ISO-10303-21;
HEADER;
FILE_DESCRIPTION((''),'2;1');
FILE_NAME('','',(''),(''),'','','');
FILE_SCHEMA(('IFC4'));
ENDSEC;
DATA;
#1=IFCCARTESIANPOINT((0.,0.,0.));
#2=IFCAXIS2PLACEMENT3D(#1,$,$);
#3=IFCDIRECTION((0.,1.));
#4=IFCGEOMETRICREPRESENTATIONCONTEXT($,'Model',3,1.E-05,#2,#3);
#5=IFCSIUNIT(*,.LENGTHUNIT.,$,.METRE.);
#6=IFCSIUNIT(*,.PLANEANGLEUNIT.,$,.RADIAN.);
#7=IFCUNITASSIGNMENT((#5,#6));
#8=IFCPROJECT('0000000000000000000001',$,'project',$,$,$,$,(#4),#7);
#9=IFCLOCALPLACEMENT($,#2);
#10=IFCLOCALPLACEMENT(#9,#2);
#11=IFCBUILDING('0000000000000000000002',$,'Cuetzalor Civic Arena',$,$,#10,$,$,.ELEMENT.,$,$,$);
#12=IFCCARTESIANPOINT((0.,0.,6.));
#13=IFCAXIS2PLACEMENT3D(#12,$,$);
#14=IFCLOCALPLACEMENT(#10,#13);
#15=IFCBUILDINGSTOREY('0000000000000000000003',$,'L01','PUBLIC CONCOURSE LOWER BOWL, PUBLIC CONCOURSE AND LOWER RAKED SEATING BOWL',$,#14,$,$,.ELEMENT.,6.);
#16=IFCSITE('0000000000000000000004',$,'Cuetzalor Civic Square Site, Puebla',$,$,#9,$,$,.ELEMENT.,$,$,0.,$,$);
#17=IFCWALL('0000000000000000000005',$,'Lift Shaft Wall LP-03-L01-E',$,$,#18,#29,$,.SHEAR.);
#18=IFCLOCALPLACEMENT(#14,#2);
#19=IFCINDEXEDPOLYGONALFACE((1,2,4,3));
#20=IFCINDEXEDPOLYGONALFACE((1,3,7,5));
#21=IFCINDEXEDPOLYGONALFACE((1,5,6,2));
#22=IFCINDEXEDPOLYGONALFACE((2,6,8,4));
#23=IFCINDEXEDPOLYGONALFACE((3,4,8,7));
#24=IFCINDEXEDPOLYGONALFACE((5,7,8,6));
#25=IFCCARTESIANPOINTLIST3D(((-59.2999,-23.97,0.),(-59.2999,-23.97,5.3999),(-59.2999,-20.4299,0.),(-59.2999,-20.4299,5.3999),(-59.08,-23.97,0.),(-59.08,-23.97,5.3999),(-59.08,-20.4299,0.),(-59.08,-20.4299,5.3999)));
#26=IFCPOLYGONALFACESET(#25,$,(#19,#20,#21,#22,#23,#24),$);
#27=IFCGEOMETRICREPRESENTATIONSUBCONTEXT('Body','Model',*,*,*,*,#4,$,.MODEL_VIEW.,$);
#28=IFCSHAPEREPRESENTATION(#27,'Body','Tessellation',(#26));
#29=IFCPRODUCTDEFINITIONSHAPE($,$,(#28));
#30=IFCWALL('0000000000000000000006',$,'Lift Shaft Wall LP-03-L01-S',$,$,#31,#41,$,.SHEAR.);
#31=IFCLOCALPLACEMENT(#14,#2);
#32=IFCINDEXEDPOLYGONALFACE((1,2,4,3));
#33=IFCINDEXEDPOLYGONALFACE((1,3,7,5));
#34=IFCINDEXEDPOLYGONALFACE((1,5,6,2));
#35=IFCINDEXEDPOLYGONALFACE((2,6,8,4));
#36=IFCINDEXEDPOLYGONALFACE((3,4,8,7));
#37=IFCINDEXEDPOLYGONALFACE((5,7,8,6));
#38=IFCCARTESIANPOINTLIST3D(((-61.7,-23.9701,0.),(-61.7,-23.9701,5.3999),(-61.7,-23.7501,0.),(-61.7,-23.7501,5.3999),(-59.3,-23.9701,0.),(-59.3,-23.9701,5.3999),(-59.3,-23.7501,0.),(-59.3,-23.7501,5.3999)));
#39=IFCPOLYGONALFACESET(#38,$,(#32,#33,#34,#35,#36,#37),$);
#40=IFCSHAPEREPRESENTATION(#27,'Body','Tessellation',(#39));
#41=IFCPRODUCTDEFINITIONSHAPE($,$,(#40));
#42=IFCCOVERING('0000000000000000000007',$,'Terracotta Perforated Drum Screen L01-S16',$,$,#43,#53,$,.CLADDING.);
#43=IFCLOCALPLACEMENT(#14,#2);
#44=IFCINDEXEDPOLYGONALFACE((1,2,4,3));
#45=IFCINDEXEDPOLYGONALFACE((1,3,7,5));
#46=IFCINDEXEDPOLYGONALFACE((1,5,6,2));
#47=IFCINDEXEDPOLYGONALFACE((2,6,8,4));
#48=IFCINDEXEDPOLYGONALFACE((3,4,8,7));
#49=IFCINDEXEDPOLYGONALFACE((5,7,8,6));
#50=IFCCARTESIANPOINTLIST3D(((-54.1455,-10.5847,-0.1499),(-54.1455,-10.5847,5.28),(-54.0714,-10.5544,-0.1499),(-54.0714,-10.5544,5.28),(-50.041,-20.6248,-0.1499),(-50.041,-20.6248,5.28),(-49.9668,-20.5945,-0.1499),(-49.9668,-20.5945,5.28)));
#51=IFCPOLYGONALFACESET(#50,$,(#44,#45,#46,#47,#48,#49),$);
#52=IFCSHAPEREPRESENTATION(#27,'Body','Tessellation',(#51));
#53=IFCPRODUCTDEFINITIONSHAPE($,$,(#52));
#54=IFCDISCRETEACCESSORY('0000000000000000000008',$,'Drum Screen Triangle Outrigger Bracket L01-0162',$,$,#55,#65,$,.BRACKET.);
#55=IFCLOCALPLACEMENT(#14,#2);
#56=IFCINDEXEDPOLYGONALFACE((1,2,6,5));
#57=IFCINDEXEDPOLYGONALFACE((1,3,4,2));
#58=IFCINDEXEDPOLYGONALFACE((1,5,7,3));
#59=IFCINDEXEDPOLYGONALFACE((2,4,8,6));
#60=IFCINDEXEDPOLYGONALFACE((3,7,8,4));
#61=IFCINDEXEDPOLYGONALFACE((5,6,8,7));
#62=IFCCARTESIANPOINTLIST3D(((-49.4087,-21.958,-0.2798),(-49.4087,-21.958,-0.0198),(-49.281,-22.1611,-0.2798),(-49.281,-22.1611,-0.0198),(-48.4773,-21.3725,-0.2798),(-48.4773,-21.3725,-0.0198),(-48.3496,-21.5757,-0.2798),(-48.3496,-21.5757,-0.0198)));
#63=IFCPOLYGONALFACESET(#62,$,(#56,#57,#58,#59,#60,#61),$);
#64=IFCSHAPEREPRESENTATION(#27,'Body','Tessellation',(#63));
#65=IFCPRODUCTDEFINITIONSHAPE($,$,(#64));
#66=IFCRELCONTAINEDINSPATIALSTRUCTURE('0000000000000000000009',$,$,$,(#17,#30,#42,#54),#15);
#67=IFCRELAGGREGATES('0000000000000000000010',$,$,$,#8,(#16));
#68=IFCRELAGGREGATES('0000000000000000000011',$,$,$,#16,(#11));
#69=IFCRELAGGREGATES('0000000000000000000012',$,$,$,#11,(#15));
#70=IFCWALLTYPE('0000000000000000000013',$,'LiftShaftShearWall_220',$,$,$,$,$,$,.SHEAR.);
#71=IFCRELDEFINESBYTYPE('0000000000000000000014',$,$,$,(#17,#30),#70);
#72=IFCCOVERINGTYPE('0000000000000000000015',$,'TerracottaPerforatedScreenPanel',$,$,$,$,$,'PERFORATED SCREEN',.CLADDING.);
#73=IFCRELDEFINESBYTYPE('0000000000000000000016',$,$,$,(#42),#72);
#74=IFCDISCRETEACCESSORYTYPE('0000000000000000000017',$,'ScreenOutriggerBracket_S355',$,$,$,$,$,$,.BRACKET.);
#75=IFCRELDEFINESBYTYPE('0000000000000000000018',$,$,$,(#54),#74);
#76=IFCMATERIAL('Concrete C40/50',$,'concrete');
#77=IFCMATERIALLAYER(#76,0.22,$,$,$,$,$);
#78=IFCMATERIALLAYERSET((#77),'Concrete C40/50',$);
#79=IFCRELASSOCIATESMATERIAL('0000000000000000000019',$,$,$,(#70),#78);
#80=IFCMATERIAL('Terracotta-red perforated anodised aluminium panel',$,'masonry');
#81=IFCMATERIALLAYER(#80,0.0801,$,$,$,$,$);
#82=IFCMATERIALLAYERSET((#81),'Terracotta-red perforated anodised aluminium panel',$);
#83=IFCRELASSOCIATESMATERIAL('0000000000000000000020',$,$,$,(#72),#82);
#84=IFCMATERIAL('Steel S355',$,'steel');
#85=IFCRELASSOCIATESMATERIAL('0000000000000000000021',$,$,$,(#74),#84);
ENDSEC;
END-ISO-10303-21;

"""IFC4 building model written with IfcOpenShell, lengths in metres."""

from ifc_helpers import new_model, si_unit, direction, frame, frame_2d, origin, origin_2d, place, context, subcontext, project, spatial, rectangle, extrude, material, layer, layer_set, type_object, element, save


model = new_model("IFC4")

# Units and contexts
model_context = context("Model", 3, precision=1e-05, world=origin(), true_north=direction((0.0, 1.0)))
body_context = subcontext(model_context, "Body", "Model", "MODEL_VIEW")
ifc_project = project(units=[si_unit("LENGTHUNIT", "METRE"), si_unit("PLANEANGLEUNIT", "RADIAN")], contexts=[model_context])

# Site, building, storey
site_placement = place(None, origin())
site = spatial("IfcSite", under=ifc_project, at=site_placement, Name="Cuetzalor Civic Square Site, Puebla", CompositionType="ELEMENT", RefElevation=0.0)
building_placement = place(site_placement, origin())
building = spatial("IfcBuilding", under=site, at=building_placement, Name="Cuetzalor Civic Arena", CompositionType="ELEMENT")
storey_placement = place(building_placement, frame((0.0, 0.0, 6.0)))
storey = spatial("IfcBuildingStorey", under=building, at=storey_placement, Name="L01", Description="PUBLIC CONCOURSE LOWER BOWL, PUBLIC CONCOURSE AND LOWER RAKED SEATING BOWL", CompositionType="ELEMENT", Elevation=6.0)

# Shared definitions
ifc_material_1 = material(Name="Concrete C40/50", Category="concrete")
ifc_layer_1 = layer(ifc_material_1, 0.22)
ifc_layer_set_1 = layer_set([ifc_layer_1], Name="Concrete C40/50")
wall_type_1 = type_object("IfcWallType", Name="LiftShaftShearWall_220", PredefinedType="SHEAR", material=ifc_layer_set_1)

# Walls
wall_1_placement = place(storey_placement, frame((-59.1899, -20.4299, 0.0), z_axis=(0.0, 0.0, 1.0), x_axis=(0.0, -1.0, 0.0)))
element("IfcWall", 1, at=wall_1_placement, inside=storey, type_object=wall_type_1, Name="Lift Shaft Wall LP-03-L01-E", PredefinedType="SHEAR", context=body_context, shape_type="SweptSolid", body=[
    extrude(rectangle(XDim=3.54, YDim=0.22, at=frame_2d((1.77, 0.0))), origin(), (0.0, 0.0, 1.0), 5.3999),
])
wall_2_placement = place(storey_placement, frame((-59.3, -23.8601, 0.0), z_axis=(0.0, 0.0, 1.0), x_axis=(-1.0, 0.0, 0.0)))
element("IfcWall", 2, at=wall_2_placement, inside=storey, type_object=wall_type_1, Name="Lift Shaft Wall LP-03-L01-S", PredefinedType="SHEAR", context=body_context, shape_type="SweptSolid", body=[
    extrude(rectangle(XDim=2.3999, YDim=0.22, at=frame_2d((1.2, 0.0))), origin(), (0.0, 0.0, 1.0), 5.3999),
])

# Covering
ifc_material_2 = material(Name="Terracotta-red perforated anodised aluminium panel", Category="masonry")
ifc_layer_2 = layer(ifc_material_2, 0.0801)
ifc_layer_set_2 = layer_set([ifc_layer_2], Name="Terracotta-red perforated anodised aluminium panel")
covering_type = type_object("IfcCoveringType", Name="TerracottaPerforatedScreenPanel", ElementType="PERFORATED SCREEN", PredefinedType="CLADDING", material=ifc_layer_set_2)
covering_placement = place(storey_placement, frame((-50.0039, -20.6096, -0.1499), z_axis=(0.0, 0.0, 1.0), x_axis=(-0.378412, 0.925637, 0.0)))
element("IfcCovering", 3, at=covering_placement, inside=storey, type_object=covering_type, Name="Terracotta Perforated Drum Screen L01-S16", PredefinedType="CLADDING", context=body_context, shape_type="SweptSolid", body=[
    extrude(rectangle(XDim=10.8467, YDim=0.0801, at=frame_2d((5.4233, 0.0))), origin(), (0.0, 0.0, 1.0), 5.4299),
])

# Discrete accessory
ifc_material_3 = material(Name="Steel S355", Category="steel")
discrete_accessory_type = type_object("IfcDiscreteAccessoryType", Name="ScreenOutriggerBracket_S355", PredefinedType="BRACKET", material=ifc_material_3)
discrete_accessory_placement = place(storey_placement, frame((-48.8792, -21.7668, -0.2798), z_axis=(0.0, 0.0, 1.0), x_axis=(-0.846658, -0.532138, 0.0)))
element("IfcDiscreteAccessory", 4, at=discrete_accessory_placement, inside=storey, type_object=discrete_accessory_type, Name="Drum Screen Triangle Outrigger Bracket L01-0162", PredefinedType="BRACKET", context=body_context, shape_type="SweptSolid", body=[
    extrude(rectangle(XDim=1.1001, YDim=0.24, at=origin_2d()), origin(), (0.0, 0.0, 1.0), 0.26),
])

save(model, "model.ifc")
